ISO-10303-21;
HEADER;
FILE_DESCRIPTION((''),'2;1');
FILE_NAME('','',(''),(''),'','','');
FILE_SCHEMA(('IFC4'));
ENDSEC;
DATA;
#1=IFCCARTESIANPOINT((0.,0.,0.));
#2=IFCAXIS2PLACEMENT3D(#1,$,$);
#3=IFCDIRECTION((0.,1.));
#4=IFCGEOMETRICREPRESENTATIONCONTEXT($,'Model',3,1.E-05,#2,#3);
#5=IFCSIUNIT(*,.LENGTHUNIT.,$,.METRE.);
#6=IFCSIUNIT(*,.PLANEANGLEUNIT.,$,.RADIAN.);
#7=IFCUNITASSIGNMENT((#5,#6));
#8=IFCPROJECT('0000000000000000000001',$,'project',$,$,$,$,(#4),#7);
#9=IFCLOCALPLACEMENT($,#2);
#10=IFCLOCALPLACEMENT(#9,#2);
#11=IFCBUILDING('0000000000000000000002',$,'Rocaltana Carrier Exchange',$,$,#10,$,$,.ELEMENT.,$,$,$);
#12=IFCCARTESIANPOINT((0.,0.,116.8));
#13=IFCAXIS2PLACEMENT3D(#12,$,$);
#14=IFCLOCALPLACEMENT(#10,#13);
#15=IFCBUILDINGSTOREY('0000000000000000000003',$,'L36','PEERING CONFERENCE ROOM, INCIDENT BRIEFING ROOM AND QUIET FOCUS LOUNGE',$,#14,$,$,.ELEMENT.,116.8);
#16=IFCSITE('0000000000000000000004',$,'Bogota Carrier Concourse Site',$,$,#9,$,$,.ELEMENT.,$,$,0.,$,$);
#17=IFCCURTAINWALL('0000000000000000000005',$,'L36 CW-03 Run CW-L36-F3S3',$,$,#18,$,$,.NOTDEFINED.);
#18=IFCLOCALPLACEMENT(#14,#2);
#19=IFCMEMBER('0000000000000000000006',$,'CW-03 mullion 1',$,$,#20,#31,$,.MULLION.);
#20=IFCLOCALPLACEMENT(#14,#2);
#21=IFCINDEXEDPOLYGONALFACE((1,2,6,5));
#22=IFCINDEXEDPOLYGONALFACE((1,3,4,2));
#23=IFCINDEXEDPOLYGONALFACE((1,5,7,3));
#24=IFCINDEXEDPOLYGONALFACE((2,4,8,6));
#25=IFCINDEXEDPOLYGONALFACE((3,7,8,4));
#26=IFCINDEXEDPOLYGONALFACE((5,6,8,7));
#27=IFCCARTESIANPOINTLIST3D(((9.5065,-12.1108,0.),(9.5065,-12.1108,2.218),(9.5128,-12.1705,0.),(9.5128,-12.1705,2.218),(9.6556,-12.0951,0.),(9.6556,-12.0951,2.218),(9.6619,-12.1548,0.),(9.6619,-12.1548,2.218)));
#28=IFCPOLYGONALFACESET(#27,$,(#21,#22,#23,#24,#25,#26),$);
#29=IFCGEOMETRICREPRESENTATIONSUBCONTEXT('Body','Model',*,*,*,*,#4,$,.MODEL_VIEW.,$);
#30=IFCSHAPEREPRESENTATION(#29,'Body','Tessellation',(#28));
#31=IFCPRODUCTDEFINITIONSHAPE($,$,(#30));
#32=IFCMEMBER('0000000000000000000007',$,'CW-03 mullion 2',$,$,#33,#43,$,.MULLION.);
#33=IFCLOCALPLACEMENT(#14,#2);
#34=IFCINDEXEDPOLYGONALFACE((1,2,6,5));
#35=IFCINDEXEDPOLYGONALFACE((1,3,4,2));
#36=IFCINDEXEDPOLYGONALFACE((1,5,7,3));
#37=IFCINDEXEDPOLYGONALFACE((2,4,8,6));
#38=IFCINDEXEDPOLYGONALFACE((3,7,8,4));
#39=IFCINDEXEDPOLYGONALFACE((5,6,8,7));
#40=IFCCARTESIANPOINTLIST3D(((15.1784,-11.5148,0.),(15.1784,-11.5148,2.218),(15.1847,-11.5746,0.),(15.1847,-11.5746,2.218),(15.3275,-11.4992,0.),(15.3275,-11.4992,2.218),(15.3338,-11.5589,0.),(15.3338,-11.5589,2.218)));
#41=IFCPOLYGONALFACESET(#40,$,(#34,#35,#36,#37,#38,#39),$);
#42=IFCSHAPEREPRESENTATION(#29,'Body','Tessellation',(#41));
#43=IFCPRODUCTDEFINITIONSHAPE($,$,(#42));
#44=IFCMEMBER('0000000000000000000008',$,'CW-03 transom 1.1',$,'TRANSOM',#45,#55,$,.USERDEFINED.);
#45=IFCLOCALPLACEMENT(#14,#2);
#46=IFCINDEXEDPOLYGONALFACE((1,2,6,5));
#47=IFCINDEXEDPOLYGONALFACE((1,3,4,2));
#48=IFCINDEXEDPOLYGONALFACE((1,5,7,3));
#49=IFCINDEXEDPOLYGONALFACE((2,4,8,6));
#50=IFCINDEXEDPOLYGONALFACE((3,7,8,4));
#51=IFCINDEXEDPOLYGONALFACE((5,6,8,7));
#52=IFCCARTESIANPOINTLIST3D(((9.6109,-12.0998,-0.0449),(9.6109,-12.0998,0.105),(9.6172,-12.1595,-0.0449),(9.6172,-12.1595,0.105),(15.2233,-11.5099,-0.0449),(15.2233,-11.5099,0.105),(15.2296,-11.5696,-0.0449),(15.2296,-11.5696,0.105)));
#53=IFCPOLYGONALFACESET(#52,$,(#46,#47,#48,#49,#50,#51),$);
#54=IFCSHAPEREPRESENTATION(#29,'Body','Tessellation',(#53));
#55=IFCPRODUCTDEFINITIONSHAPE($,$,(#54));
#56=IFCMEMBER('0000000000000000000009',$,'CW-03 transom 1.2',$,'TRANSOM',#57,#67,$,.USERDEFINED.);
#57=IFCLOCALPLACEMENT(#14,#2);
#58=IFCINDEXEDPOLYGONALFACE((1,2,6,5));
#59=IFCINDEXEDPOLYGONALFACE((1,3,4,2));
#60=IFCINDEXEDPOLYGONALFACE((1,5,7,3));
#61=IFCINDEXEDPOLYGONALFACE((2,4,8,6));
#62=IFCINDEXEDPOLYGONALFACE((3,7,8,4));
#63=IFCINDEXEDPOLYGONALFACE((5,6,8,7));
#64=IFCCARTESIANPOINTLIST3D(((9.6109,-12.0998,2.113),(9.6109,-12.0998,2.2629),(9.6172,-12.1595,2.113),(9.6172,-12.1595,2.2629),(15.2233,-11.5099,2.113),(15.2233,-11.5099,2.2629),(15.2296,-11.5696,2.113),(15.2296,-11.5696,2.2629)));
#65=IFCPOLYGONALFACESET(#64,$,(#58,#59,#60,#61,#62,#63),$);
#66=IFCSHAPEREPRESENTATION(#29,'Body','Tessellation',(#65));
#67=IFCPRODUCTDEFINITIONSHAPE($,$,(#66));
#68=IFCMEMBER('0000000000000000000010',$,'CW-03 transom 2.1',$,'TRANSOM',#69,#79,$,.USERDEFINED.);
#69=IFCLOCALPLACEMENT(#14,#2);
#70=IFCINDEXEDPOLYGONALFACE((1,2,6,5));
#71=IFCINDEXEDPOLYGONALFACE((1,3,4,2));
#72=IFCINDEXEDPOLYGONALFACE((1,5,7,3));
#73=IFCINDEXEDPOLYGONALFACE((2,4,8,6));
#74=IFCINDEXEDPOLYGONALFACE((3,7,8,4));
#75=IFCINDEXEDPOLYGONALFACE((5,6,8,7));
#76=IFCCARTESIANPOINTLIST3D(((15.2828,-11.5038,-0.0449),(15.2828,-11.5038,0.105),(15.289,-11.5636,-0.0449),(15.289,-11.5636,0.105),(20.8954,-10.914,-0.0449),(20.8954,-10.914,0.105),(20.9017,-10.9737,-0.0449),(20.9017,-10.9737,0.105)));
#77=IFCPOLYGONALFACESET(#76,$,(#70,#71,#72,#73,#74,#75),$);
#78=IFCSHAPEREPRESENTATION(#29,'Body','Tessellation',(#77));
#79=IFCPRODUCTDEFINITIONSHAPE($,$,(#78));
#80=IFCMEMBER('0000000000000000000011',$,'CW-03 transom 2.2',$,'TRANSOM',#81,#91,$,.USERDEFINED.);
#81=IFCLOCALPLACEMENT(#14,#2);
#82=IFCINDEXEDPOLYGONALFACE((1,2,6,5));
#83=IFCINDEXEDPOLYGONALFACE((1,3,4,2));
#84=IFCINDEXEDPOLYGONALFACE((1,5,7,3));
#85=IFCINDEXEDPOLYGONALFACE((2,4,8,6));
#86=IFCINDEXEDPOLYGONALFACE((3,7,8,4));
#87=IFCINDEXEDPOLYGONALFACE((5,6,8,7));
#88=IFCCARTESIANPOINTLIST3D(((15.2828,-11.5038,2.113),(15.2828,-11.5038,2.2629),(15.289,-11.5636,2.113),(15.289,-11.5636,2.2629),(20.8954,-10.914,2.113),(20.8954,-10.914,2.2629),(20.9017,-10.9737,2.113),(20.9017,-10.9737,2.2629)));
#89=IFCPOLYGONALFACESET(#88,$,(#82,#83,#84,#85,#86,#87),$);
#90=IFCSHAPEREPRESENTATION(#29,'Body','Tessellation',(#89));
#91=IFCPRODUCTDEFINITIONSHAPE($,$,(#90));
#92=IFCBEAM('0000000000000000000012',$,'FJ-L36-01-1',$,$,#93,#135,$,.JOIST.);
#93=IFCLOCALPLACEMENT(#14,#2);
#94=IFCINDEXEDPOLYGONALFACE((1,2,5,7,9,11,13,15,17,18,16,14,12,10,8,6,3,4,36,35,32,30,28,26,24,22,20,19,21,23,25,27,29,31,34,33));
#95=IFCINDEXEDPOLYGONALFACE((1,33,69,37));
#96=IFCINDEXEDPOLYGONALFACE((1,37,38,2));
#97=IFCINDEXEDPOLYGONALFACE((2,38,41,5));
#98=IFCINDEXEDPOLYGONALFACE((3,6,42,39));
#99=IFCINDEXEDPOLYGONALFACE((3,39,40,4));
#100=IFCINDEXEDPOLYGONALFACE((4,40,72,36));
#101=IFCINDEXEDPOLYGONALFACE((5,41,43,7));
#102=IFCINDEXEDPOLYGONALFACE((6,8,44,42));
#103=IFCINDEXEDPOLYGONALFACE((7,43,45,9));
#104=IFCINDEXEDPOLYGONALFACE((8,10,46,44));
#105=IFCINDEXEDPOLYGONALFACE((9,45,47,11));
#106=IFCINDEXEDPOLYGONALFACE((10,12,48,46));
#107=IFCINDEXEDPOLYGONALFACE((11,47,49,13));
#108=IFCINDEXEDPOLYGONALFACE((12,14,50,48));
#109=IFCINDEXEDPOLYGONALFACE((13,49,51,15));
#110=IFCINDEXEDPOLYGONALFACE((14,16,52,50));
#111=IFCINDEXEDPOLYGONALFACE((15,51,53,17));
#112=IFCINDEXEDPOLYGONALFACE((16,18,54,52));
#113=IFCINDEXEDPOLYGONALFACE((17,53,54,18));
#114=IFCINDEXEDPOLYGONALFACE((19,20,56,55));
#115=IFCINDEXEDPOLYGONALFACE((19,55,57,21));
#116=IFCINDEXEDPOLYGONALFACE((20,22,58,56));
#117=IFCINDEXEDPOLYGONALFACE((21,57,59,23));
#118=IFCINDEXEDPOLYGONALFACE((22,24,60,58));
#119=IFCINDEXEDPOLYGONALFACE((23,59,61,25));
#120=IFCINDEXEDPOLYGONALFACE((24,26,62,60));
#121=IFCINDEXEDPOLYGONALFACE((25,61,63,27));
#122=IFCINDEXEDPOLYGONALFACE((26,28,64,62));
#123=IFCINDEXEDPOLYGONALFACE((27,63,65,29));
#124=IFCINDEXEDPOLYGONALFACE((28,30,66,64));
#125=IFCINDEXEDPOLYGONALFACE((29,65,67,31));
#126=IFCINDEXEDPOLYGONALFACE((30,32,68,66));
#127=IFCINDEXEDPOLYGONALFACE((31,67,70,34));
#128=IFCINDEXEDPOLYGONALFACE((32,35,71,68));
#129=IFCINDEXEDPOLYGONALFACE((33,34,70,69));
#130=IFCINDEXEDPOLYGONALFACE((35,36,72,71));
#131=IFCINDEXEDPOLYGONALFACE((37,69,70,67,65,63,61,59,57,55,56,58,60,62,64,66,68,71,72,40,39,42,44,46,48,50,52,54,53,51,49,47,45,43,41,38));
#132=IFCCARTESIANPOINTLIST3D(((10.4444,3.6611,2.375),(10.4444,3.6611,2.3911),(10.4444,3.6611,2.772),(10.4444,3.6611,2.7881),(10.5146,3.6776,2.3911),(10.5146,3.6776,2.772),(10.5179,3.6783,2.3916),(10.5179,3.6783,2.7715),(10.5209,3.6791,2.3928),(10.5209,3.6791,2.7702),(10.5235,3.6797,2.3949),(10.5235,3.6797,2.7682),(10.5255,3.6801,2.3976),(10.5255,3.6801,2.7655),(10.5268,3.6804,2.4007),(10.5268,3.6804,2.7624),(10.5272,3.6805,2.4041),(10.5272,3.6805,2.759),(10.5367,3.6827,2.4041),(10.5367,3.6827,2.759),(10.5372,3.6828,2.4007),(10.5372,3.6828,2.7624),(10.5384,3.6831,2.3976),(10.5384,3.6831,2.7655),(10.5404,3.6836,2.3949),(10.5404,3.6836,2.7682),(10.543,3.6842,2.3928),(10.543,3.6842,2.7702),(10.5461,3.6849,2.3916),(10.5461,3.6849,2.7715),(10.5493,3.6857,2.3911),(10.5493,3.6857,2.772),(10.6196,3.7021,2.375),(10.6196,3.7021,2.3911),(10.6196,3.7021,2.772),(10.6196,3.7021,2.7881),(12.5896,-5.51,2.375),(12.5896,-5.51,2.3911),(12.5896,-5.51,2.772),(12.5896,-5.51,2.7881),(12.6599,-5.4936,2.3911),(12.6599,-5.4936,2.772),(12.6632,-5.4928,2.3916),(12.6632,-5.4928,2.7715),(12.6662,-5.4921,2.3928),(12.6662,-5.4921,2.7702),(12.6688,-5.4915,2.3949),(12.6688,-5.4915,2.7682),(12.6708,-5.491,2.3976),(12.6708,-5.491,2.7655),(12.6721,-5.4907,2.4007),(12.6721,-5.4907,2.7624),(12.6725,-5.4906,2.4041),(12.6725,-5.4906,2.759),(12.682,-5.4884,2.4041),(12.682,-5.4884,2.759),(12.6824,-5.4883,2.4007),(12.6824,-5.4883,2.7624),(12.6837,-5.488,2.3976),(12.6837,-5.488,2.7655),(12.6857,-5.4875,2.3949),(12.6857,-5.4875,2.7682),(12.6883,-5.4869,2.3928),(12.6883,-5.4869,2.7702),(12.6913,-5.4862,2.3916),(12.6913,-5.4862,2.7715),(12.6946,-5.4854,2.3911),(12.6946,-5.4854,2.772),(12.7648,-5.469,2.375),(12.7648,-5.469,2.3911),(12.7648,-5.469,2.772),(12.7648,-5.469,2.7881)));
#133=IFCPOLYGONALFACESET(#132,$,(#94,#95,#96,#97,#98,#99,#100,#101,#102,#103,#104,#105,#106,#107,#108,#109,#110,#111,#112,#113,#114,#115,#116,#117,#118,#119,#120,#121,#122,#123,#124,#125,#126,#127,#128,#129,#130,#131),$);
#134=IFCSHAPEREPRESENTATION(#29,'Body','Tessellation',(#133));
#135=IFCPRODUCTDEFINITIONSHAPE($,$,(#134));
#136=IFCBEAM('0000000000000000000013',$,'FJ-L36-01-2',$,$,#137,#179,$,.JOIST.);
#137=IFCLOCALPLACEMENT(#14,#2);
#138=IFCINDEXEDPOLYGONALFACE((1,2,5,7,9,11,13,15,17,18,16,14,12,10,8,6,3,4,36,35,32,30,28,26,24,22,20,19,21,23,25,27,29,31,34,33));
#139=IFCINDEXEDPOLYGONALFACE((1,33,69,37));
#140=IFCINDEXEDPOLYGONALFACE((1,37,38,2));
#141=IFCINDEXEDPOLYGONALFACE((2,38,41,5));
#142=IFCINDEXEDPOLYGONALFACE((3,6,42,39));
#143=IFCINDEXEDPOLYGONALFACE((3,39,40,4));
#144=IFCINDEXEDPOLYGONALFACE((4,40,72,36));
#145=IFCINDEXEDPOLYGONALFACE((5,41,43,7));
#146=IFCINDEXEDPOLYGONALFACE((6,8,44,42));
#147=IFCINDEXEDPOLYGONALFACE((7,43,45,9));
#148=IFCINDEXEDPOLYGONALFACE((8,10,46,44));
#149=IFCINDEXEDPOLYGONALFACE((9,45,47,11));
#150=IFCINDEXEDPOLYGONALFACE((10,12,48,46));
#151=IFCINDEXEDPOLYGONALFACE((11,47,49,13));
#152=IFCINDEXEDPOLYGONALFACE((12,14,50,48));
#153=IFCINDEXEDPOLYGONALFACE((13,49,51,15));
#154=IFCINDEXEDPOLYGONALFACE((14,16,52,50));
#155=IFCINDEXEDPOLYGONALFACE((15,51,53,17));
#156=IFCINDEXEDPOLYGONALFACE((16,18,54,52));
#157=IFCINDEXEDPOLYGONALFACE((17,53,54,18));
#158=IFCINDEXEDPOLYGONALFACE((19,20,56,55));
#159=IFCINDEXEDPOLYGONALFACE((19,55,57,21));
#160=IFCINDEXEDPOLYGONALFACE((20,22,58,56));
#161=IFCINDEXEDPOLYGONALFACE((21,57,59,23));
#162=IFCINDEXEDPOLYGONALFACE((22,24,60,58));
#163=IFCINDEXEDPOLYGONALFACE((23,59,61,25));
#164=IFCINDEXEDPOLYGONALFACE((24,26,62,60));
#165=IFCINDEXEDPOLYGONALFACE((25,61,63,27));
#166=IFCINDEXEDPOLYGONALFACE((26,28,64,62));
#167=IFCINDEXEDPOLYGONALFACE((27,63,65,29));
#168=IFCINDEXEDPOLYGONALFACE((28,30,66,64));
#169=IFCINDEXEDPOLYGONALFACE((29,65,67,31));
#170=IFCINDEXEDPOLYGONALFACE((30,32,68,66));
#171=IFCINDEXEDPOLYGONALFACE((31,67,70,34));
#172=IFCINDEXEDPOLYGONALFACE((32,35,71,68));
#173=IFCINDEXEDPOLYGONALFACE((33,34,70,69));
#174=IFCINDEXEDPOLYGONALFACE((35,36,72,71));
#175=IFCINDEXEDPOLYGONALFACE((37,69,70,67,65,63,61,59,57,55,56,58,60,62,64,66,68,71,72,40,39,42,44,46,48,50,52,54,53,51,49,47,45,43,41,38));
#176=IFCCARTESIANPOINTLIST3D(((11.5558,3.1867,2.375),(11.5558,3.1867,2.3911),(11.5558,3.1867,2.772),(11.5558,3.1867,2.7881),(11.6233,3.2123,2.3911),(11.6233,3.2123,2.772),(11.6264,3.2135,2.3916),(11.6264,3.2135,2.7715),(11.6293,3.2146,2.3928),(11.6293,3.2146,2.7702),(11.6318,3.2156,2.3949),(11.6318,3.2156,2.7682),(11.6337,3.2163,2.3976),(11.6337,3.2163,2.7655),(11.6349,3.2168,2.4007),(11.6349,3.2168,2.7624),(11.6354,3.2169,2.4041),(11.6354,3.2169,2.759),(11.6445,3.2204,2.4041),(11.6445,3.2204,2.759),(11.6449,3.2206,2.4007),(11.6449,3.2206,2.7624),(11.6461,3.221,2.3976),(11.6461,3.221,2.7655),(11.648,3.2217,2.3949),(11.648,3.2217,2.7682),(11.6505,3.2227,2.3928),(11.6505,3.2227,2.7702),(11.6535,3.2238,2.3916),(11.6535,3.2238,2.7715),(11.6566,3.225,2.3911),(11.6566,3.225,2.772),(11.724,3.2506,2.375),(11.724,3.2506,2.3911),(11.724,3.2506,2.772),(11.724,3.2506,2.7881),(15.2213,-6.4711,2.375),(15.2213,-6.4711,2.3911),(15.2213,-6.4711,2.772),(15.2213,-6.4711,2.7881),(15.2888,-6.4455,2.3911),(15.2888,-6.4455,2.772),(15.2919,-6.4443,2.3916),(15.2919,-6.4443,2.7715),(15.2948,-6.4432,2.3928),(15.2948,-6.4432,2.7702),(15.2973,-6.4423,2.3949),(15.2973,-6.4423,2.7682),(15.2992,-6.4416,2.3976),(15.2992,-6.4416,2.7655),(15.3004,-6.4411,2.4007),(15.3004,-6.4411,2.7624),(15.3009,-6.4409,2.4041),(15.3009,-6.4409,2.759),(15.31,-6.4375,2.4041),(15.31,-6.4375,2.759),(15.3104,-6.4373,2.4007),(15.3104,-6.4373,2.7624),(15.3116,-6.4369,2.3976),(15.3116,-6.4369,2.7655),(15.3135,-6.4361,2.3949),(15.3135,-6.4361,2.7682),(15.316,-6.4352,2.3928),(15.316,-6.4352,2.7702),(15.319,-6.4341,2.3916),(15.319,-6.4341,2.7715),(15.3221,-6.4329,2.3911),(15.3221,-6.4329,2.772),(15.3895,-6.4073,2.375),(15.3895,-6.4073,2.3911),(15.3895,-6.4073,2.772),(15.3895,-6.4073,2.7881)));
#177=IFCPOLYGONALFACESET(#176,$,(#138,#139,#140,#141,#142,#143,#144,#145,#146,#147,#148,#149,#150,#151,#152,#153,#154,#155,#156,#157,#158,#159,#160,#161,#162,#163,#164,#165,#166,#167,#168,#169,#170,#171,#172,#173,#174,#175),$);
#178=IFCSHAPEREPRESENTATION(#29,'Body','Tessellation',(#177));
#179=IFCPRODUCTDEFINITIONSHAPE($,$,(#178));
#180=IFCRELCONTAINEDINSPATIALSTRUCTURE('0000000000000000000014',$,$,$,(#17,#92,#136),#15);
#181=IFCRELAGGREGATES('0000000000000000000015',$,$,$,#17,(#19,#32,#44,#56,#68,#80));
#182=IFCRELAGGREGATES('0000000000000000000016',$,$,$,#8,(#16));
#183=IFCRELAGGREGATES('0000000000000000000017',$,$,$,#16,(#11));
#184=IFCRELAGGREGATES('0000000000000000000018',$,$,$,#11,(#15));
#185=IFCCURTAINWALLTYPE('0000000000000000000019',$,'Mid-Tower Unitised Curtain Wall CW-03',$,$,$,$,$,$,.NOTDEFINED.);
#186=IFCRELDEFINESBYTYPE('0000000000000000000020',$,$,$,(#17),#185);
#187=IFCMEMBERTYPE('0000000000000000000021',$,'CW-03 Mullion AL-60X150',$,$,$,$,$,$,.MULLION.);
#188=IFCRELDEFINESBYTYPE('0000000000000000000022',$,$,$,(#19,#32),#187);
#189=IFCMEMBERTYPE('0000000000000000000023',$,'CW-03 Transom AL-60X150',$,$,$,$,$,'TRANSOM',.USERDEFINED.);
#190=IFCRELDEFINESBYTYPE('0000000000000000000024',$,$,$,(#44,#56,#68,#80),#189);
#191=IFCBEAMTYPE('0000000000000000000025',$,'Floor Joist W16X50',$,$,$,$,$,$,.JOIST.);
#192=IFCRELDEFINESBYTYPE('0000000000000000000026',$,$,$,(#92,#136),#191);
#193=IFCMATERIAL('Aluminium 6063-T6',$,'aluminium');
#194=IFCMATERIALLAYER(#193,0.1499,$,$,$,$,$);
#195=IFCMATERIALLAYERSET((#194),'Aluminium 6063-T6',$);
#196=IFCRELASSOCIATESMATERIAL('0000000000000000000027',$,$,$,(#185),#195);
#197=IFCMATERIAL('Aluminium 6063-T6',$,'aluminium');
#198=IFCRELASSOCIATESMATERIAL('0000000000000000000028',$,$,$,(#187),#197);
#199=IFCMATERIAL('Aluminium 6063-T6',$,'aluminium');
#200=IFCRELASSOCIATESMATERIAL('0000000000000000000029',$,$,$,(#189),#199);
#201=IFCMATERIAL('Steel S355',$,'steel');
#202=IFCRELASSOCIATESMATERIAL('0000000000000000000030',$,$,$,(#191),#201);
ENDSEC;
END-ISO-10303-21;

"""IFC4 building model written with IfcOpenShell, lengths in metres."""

from ifc_helpers import new_model, si_unit, direction, frame, origin, origin_2d, place, context, subcontext, project, spatial, rectangle, i_section, extrude, material, layer, layer_set, material_profile, profile_set, type_object, element, aggregate, save


model = new_model("IFC4")

# Units and contexts
model_context = context("Model", 3, precision=1e-05, world=origin(), true_north=direction((0.0, 1.0)))
body_context = subcontext(model_context, "Body", "Model", "MODEL_VIEW")
ifc_project = project(units=[si_unit("LENGTHUNIT", "METRE"), si_unit("PLANEANGLEUNIT", "RADIAN")], contexts=[model_context])

# Site, building, storey
site_placement = place(None, origin())
site = spatial("IfcSite", under=ifc_project, at=site_placement, Name="Bogota Carrier Concourse Site", CompositionType="ELEMENT", RefElevation=0.0)
building_placement = place(site_placement, origin())
building = spatial("IfcBuilding", under=site, at=building_placement, Name="Rocaltana Carrier Exchange", CompositionType="ELEMENT")
storey_placement = place(building_placement, frame((0.0, 0.0, 116.8)))
storey = spatial("IfcBuildingStorey", under=building, at=storey_placement, Name="L36", Description="PEERING CONFERENCE ROOM, INCIDENT BRIEFING ROOM AND QUIET FOCUS LOUNGE", CompositionType="ELEMENT", Elevation=116.8)

# Curtain wall, members
ifc_material_1 = material(Name="Aluminium 6063-T6", Category="aluminium")
ifc_layer_1 = layer(ifc_material_1, 0.1499)
ifc_layer_set_1 = layer_set([ifc_layer_1], Name="Aluminium 6063-T6")
curtain_wall_type = type_object("IfcCurtainWallType", Name="Mid-Tower Unitised Curtain Wall CW-03", PredefinedType="NOTDEFINED", material=ifc_layer_set_1)
curtain_wall_1_placement = place(storey_placement, origin())
curtain_wall_1 = element("IfcCurtainWall", 1, at=curtain_wall_1_placement, inside=storey, type_object=curtain_wall_type, Name="L36 CW-03 Run CW-L36-F3S3", PredefinedType="NOTDEFINED")
ifc_material_2 = material(Name="Aluminium 6063-T6", Category="aluminium")
ifc_material_profile_1 = material_profile(ifc_material_2, rectangle(XDim=0.0601, YDim=0.1499, at=origin_2d()), Name="AL-60X150")
ifc_profile_set_1 = profile_set([ifc_material_profile_1], Name="Aluminium 6063-T6")
member_type_1 = type_object("IfcMemberType", Name="CW-03 Mullion AL-60X150", PredefinedType="MULLION", material=ifc_profile_set_1)
member_1_placement = place(storey_placement, frame((9.5842, -12.1328, 0.0), z_axis=(0.0, 0.0, 1.0), x_axis=(-0.104522, 0.994523, 0.0)))
member_1 = element("IfcMember", 2, at=member_1_placement, type_object=member_type_1, Name="CW-03 mullion 1", PredefinedType="MULLION", context=body_context, shape_type="SweptSolid", body=[
    extrude(rectangle(XDim=0.0601, YDim=0.1499, at=origin_2d()), origin(), (0.0, 0.0, 1.0), 2.218),
])
member_2_placement = place(storey_placement, frame((15.2561, -11.5369, 0.0), z_axis=(0.0, 0.0, 1.0), x_axis=(-0.104522, 0.994523, 0.0)))
member_2 = element("IfcMember", 3, at=member_2_placement, type_object=member_type_1, Name="CW-03 mullion 2", PredefinedType="MULLION", context=body_context, shape_type="SweptSolid", body=[
    extrude(rectangle(XDim=0.0601, YDim=0.1499, at=origin_2d()), origin(), (0.0, 0.0, 1.0), 2.218),
])
ifc_material_3 = material(Name="Aluminium 6063-T6", Category="aluminium")
ifc_material_profile_2 = material_profile(ifc_material_3, rectangle(XDim=0.0601, YDim=0.1499, at=origin_2d()), Name="AL-60X150")
ifc_profile_set_2 = profile_set([ifc_material_profile_2], Name="Aluminium 6063-T6")
member_type_2 = type_object("IfcMemberType", Name="CW-03 Transom AL-60X150", ElementType="TRANSOM", PredefinedType="USERDEFINED", material=ifc_profile_set_2)
member_3_placement = place(storey_placement, frame((9.614, -12.1296, 0.03), z_axis=(0.994523, 0.104523, 0.0), x_axis=(-0.104523, 0.994523, 0.0)))
member_3 = element("IfcMember", 4, at=member_3_placement, type_object=member_type_2, Name="CW-03 transom 1.1", ObjectType="TRANSOM", PredefinedType="USERDEFINED", context=body_context, shape_type="SweptSolid", body=[
    extrude(rectangle(XDim=0.0601, YDim=0.1499, at=origin_2d()), origin(), (0.0, 0.0, 1.0), 5.6433),
])
member_4_placement = place(storey_placement, frame((9.614, -12.1296, 2.188), z_axis=(0.994523, 0.104523, 0.0), x_axis=(-0.104523, 0.994523, 0.0)))
member_4 = element("IfcMember", 5, at=member_4_placement, type_object=member_type_2, Name="CW-03 transom 1.2", ObjectType="TRANSOM", PredefinedType="USERDEFINED", context=body_context, shape_type="SweptSolid", body=[
    extrude(rectangle(XDim=0.0601, YDim=0.1499, at=origin_2d()), origin(), (0.0, 0.0, 1.0), 5.6433),
])
member_5_placement = place(storey_placement, frame((15.2859, -11.5337, 0.03), z_axis=(0.994523, 0.104518, 0.0), x_axis=(-0.104518, 0.994523, 0.0)))
member_5 = element("IfcMember", 6, at=member_5_placement, type_object=member_type_2, Name="CW-03 transom 2.1", ObjectType="TRANSOM", PredefinedType="USERDEFINED", context=body_context, shape_type="SweptSolid", body=[
    extrude(rectangle(XDim=0.0601, YDim=0.1499, at=origin_2d()), origin(), (0.0, 0.0, 1.0), 5.6436),
])
member_6_placement = place(storey_placement, frame((15.2859, -11.5337, 2.188), z_axis=(0.994523, 0.104518, 0.0), x_axis=(-0.104518, 0.994523, 0.0)))
member_6 = element("IfcMember", 7, at=member_6_placement, type_object=member_type_2, Name="CW-03 transom 2.2", ObjectType="TRANSOM", PredefinedType="USERDEFINED", context=body_context, shape_type="SweptSolid", body=[
    extrude(rectangle(XDim=0.0601, YDim=0.1499, at=origin_2d()), origin(), (0.0, 0.0, 1.0), 5.6436),
])

# Beams
ifc_material_4 = material(Name="Steel S355", Category="steel")
ifc_material_profile_3 = material_profile(ifc_material_4, i_section(OverallWidth=0.1799, OverallDepth=0.4131, WebThickness=0.0098, FlangeThickness=0.0161, FilletRadius=0.0129, at=origin_2d()), Name="W16X50")
ifc_profile_set_3 = profile_set([ifc_material_profile_3], Name="Steel S355")
beam_type_1 = type_object("IfcBeamType", Name="Floor Joist W16X50", PredefinedType="JOIST", material=ifc_profile_set_3)
beam_1_placement = place(storey_placement, frame((12.6772, -5.4895, 2.5815), z_axis=(-0.227766, 0.973716, 0.0), x_axis=(-0.973716, -0.227766, 0.0)))
element("IfcBeam", 8, at=beam_1_placement, inside=storey, type_object=beam_type_1, Name="FJ-L36-01-1", PredefinedType="JOIST", context=body_context, shape_type="SweptSolid", body=[
    extrude(i_section(OverallWidth=0.1799, OverallDepth=0.4131, WebThickness=0.0098, FlangeThickness=0.0161, FilletRadius=0.0129, at=origin_2d()), origin(), (0.0, 0.0, 1.0), 9.4187),
])
beam_2_placement = place(storey_placement, frame((15.3054, -6.4392, 2.5815), z_axis=(-0.354837, 0.934928, 0.0), x_axis=(-0.934928, -0.354837, 0.0)))
element("IfcBeam", 9, at=beam_2_placement, inside=storey, type_object=beam_type_1, Name="FJ-L36-01-2", PredefinedType="JOIST", context=body_context, shape_type="SweptSolid", body=[
    extrude(i_section(OverallWidth=0.1799, OverallDepth=0.4131, WebThickness=0.0098, FlangeThickness=0.0161, FilletRadius=0.0129, at=origin_2d()), origin(), (0.0, 0.0, 1.0), 10.3301),
])

aggregate(curtain_wall_1, [member_1, member_2, member_3, member_4, member_5, member_6])

save(model, "model.ifc")
